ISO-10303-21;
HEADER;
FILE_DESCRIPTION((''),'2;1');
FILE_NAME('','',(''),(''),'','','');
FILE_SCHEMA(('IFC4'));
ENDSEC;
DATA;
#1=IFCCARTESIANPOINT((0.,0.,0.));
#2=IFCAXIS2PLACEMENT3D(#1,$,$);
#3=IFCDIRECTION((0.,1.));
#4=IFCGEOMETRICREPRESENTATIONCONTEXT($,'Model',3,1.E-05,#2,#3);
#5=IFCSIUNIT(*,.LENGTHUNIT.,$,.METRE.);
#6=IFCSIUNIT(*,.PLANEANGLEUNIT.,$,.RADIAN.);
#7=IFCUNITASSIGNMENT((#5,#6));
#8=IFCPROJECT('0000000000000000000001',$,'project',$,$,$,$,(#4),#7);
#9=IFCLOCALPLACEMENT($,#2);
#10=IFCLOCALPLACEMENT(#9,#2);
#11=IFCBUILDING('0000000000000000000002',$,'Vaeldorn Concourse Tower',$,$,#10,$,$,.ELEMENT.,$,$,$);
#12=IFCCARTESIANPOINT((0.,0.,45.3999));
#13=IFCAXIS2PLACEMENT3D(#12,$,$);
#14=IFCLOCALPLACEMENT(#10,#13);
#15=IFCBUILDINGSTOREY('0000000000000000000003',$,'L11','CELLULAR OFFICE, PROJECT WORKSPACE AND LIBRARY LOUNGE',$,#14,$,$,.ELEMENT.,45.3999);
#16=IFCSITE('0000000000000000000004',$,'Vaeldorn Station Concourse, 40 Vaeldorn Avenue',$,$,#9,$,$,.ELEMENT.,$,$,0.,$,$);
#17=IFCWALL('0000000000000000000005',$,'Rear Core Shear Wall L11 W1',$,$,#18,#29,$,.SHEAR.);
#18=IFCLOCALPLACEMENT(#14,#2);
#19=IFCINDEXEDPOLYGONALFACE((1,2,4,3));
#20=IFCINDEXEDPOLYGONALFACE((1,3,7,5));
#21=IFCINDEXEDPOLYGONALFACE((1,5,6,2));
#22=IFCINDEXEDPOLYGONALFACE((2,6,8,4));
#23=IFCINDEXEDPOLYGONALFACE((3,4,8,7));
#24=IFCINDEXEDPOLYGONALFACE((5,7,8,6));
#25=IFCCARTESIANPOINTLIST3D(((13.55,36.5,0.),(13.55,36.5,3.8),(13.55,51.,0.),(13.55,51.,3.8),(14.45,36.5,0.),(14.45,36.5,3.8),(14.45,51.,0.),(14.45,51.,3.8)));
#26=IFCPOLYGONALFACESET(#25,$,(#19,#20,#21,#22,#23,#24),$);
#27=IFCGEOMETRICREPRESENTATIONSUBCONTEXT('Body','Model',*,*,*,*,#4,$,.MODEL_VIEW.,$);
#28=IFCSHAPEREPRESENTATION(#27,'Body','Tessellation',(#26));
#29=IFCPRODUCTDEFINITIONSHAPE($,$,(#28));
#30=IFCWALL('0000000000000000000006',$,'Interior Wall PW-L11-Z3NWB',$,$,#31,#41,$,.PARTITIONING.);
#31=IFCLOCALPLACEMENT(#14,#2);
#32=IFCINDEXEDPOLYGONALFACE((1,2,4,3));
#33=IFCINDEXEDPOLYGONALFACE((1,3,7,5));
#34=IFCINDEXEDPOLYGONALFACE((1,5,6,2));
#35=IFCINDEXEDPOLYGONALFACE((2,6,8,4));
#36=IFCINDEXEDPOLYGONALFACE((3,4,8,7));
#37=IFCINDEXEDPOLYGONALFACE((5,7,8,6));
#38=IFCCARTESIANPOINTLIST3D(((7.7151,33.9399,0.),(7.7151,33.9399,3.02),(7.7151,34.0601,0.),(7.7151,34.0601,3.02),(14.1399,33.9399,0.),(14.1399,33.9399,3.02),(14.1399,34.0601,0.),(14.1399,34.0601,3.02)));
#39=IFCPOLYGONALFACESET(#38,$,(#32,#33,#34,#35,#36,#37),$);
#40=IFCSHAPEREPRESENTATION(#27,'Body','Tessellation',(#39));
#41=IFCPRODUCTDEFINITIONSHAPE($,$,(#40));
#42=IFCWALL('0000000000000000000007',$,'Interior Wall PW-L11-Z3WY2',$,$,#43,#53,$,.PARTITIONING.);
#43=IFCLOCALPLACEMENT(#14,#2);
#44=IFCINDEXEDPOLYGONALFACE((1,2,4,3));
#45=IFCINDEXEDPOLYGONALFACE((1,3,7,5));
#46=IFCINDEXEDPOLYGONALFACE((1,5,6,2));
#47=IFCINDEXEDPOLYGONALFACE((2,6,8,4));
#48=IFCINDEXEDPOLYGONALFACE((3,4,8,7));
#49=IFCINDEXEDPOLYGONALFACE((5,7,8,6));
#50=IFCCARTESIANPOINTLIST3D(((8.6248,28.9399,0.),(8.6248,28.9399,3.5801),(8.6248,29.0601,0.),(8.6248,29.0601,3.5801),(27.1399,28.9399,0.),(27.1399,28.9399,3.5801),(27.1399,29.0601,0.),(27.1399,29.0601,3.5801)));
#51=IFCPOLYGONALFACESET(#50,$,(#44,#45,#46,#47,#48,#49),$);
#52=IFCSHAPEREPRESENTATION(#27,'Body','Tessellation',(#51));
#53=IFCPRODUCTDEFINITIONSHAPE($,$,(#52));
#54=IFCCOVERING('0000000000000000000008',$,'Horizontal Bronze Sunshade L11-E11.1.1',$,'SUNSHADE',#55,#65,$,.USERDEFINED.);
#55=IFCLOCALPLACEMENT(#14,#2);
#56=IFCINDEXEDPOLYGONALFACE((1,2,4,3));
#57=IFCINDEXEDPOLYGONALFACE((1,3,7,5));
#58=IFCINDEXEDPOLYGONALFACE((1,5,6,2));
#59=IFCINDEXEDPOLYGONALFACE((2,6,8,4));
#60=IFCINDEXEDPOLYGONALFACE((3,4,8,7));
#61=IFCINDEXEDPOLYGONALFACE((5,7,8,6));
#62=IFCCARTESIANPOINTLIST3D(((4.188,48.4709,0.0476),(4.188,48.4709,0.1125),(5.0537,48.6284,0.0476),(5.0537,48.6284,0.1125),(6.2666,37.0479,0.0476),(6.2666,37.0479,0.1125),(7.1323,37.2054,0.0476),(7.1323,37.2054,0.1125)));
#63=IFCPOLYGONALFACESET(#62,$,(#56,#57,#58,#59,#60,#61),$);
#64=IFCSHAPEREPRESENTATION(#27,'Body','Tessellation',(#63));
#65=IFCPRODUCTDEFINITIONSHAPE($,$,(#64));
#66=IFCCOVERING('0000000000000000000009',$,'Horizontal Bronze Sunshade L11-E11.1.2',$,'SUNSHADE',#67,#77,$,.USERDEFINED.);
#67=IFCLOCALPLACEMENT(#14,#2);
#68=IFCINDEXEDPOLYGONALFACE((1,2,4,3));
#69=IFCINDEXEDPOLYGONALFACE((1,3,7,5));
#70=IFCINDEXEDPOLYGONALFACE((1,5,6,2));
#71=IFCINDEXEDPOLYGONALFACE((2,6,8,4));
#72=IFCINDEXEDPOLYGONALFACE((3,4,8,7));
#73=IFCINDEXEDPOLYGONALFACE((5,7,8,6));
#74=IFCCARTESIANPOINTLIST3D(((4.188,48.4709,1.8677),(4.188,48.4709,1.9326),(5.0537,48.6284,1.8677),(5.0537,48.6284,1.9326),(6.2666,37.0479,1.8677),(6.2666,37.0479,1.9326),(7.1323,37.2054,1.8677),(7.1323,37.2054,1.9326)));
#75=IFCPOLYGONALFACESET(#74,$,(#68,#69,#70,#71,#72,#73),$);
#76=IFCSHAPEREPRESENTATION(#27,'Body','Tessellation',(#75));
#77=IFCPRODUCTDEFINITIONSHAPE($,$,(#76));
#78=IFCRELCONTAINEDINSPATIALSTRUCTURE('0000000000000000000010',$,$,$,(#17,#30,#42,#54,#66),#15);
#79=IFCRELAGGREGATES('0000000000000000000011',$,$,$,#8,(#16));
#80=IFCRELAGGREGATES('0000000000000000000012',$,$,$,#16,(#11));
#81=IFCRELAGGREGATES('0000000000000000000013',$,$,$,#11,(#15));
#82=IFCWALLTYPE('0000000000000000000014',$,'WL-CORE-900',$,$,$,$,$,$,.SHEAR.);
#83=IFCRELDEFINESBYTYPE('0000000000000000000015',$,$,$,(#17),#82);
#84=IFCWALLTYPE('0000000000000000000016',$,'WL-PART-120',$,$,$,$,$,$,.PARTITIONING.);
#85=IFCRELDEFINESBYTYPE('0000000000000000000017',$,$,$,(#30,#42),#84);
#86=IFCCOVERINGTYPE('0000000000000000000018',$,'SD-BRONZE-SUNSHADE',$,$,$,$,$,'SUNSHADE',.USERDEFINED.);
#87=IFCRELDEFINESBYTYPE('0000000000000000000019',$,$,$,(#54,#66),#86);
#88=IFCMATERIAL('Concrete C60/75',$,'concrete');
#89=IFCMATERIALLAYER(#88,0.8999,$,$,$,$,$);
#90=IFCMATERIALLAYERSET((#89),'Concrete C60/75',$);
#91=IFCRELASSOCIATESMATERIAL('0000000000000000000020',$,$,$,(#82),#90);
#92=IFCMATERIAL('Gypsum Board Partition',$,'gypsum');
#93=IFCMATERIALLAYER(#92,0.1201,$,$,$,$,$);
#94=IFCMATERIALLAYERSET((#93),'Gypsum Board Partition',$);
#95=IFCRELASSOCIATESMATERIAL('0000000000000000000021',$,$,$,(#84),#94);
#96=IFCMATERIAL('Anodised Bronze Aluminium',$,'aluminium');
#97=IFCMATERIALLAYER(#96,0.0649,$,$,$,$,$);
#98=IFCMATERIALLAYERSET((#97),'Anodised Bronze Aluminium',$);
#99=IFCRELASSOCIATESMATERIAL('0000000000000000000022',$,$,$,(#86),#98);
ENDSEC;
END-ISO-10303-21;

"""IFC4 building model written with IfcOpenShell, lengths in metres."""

from ifc_helpers import new_model, si_unit, direction, frame, frame_2d, origin, origin_2d, place, context, subcontext, project, spatial, rectangle, extrude, source, transform, mapped, material, layer, layer_set, type_object, element, save


model = new_model("IFC4")

# Units and contexts
model_context = context("Model", 3, precision=1e-05, world=origin(), true_north=direction((0.0, 1.0)))
body_context = subcontext(model_context, "Body", "Model", "MODEL_VIEW")
ifc_project = project(units=[si_unit("LENGTHUNIT", "METRE"), si_unit("PLANEANGLEUNIT", "RADIAN")], contexts=[model_context])

# Site, building, storey
site_placement = place(None, origin())
site = spatial("IfcSite", under=ifc_project, at=site_placement, Name="Vaeldorn Station Concourse, 40 Vaeldorn Avenue", CompositionType="ELEMENT", RefElevation=0.0)
building_placement = place(site_placement, origin())
building = spatial("IfcBuilding", under=site, at=building_placement, Name="Vaeldorn Concourse Tower", CompositionType="ELEMENT")
storey_placement = place(building_placement, frame((0.0, 0.0, 45.3999)))
storey = spatial("IfcBuildingStorey", under=building, at=storey_placement, Name="L11", Description="CELLULAR OFFICE, PROJECT WORKSPACE AND LIBRARY LOUNGE", CompositionType="ELEMENT", Elevation=45.3999)

# Shared definitions
ifc_material_1 = material(Name="Concrete C60/75", Category="concrete")

# Shared definitions
ifc_material_2 = material(Name="Anodised Bronze Aluminium", Category="aluminium")

# Wall
ifc_layer_1 = layer(ifc_material_1, 0.8999)
ifc_layer_set_1 = layer_set([ifc_layer_1], Name="Concrete C60/75")
wall_type_1 = type_object("IfcWallType", Name="WL-CORE-900", PredefinedType="SHEAR", material=ifc_layer_set_1)
wall_1_placement = place(storey_placement, frame((14.0, 36.5, 0.0), z_axis=(0.0, 0.0, 1.0), x_axis=(0.0, 1.0, 0.0)))
element("IfcWall", 1, at=wall_1_placement, inside=storey, type_object=wall_type_1, Name="Rear Core Shear Wall L11 W1", PredefinedType="SHEAR", context=body_context, shape_type="SweptSolid", body=[
    extrude(rectangle(XDim=14.5, YDim=0.8999, at=frame_2d((7.25, 0.0))), origin(), (0.0, 0.0, 1.0), 3.8),
])

# Shared definitions
ifc_material_3 = material(Name="Gypsum Board Partition", Category="gypsum")
ifc_layer_2 = layer(ifc_material_3, 0.1201)
ifc_layer_set_2 = layer_set([ifc_layer_2], Name="Gypsum Board Partition")
wall_type_2 = type_object("IfcWallType", Name="WL-PART-120", PredefinedType="PARTITIONING", material=ifc_layer_set_2)

# Walls
wall_2_placement = place(storey_placement, frame((7.7151, 34.0, 0.0), z_axis=(0.0, 0.0, 1.0), x_axis=(1.0, 0.0, 0.0)))
element("IfcWall", 2, at=wall_2_placement, inside=storey, type_object=wall_type_2, Name="Interior Wall PW-L11-Z3NWB", PredefinedType="PARTITIONING", context=body_context, shape_type="SweptSolid", body=[
    extrude(rectangle(XDim=6.4248, YDim=0.1201, at=frame_2d((3.2124, 0.0))), origin(), (0.0, 0.0, 1.0), 3.02),
])
wall_3_placement = place(storey_placement, frame((8.6248, 29.0, 0.0), z_axis=(0.0, 0.0, 1.0), x_axis=(1.0, 0.0, 0.0)))
element("IfcWall", 3, at=wall_3_placement, inside=storey, type_object=wall_type_2, Name="Interior Wall PW-L11-Z3WY2", PredefinedType="PARTITIONING", context=body_context, shape_type="SweptSolid", body=[
    extrude(rectangle(XDim=18.5151, YDim=0.1201, at=frame_2d((9.2576, 0.0))), origin(), (0.0, 0.0, 1.0), 3.5801),
])

# Coverings
ifc_layer_3 = layer(ifc_material_2, 0.0649)
ifc_layer_set_3 = layer_set([ifc_layer_3], Name="Anodised Bronze Aluminium")
covering_type = type_object("IfcCoveringType", Name="SD-BRONZE-SUNSHADE", ElementType="SUNSHADE", PredefinedType="USERDEFINED", material=ifc_layer_set_3)
shared_shape_1 = source(origin(), body_context, "Body", "SweptSolid", [
    extrude(rectangle(XDim=11.6106, YDim=0.8799, at=origin_2d()), origin(), (0.0, 0.0, 1.0), 0.0649),
])
for number, where, z_axis, x_axis, name in (
    (4, (5.6602, 42.8381, 0.0476), (0.0, 0.0, 1.0), (0.179025, -0.983844, 0.0), "Horizontal Bronze Sunshade L11-E11.1.1"),
    (5, (5.6602, 42.8381, 1.8677), (0.0, 0.0, 1.0), (0.179025, -0.983844, 0.0), "Horizontal Bronze Sunshade L11-E11.1.2"),
):
    element("IfcCovering", number, at=place(storey_placement, frame(where, z_axis=z_axis, x_axis=x_axis)), inside=storey, type_object=covering_type, Name=name, ObjectType="SUNSHADE", PredefinedType="USERDEFINED", context=body_context, shape_type="MappedRepresentation", body=[
        mapped(shared_shape_1, transform((0.0, 0.0, 0.0), scale=1.0)),
    ])

save(model, "model.ifc")
